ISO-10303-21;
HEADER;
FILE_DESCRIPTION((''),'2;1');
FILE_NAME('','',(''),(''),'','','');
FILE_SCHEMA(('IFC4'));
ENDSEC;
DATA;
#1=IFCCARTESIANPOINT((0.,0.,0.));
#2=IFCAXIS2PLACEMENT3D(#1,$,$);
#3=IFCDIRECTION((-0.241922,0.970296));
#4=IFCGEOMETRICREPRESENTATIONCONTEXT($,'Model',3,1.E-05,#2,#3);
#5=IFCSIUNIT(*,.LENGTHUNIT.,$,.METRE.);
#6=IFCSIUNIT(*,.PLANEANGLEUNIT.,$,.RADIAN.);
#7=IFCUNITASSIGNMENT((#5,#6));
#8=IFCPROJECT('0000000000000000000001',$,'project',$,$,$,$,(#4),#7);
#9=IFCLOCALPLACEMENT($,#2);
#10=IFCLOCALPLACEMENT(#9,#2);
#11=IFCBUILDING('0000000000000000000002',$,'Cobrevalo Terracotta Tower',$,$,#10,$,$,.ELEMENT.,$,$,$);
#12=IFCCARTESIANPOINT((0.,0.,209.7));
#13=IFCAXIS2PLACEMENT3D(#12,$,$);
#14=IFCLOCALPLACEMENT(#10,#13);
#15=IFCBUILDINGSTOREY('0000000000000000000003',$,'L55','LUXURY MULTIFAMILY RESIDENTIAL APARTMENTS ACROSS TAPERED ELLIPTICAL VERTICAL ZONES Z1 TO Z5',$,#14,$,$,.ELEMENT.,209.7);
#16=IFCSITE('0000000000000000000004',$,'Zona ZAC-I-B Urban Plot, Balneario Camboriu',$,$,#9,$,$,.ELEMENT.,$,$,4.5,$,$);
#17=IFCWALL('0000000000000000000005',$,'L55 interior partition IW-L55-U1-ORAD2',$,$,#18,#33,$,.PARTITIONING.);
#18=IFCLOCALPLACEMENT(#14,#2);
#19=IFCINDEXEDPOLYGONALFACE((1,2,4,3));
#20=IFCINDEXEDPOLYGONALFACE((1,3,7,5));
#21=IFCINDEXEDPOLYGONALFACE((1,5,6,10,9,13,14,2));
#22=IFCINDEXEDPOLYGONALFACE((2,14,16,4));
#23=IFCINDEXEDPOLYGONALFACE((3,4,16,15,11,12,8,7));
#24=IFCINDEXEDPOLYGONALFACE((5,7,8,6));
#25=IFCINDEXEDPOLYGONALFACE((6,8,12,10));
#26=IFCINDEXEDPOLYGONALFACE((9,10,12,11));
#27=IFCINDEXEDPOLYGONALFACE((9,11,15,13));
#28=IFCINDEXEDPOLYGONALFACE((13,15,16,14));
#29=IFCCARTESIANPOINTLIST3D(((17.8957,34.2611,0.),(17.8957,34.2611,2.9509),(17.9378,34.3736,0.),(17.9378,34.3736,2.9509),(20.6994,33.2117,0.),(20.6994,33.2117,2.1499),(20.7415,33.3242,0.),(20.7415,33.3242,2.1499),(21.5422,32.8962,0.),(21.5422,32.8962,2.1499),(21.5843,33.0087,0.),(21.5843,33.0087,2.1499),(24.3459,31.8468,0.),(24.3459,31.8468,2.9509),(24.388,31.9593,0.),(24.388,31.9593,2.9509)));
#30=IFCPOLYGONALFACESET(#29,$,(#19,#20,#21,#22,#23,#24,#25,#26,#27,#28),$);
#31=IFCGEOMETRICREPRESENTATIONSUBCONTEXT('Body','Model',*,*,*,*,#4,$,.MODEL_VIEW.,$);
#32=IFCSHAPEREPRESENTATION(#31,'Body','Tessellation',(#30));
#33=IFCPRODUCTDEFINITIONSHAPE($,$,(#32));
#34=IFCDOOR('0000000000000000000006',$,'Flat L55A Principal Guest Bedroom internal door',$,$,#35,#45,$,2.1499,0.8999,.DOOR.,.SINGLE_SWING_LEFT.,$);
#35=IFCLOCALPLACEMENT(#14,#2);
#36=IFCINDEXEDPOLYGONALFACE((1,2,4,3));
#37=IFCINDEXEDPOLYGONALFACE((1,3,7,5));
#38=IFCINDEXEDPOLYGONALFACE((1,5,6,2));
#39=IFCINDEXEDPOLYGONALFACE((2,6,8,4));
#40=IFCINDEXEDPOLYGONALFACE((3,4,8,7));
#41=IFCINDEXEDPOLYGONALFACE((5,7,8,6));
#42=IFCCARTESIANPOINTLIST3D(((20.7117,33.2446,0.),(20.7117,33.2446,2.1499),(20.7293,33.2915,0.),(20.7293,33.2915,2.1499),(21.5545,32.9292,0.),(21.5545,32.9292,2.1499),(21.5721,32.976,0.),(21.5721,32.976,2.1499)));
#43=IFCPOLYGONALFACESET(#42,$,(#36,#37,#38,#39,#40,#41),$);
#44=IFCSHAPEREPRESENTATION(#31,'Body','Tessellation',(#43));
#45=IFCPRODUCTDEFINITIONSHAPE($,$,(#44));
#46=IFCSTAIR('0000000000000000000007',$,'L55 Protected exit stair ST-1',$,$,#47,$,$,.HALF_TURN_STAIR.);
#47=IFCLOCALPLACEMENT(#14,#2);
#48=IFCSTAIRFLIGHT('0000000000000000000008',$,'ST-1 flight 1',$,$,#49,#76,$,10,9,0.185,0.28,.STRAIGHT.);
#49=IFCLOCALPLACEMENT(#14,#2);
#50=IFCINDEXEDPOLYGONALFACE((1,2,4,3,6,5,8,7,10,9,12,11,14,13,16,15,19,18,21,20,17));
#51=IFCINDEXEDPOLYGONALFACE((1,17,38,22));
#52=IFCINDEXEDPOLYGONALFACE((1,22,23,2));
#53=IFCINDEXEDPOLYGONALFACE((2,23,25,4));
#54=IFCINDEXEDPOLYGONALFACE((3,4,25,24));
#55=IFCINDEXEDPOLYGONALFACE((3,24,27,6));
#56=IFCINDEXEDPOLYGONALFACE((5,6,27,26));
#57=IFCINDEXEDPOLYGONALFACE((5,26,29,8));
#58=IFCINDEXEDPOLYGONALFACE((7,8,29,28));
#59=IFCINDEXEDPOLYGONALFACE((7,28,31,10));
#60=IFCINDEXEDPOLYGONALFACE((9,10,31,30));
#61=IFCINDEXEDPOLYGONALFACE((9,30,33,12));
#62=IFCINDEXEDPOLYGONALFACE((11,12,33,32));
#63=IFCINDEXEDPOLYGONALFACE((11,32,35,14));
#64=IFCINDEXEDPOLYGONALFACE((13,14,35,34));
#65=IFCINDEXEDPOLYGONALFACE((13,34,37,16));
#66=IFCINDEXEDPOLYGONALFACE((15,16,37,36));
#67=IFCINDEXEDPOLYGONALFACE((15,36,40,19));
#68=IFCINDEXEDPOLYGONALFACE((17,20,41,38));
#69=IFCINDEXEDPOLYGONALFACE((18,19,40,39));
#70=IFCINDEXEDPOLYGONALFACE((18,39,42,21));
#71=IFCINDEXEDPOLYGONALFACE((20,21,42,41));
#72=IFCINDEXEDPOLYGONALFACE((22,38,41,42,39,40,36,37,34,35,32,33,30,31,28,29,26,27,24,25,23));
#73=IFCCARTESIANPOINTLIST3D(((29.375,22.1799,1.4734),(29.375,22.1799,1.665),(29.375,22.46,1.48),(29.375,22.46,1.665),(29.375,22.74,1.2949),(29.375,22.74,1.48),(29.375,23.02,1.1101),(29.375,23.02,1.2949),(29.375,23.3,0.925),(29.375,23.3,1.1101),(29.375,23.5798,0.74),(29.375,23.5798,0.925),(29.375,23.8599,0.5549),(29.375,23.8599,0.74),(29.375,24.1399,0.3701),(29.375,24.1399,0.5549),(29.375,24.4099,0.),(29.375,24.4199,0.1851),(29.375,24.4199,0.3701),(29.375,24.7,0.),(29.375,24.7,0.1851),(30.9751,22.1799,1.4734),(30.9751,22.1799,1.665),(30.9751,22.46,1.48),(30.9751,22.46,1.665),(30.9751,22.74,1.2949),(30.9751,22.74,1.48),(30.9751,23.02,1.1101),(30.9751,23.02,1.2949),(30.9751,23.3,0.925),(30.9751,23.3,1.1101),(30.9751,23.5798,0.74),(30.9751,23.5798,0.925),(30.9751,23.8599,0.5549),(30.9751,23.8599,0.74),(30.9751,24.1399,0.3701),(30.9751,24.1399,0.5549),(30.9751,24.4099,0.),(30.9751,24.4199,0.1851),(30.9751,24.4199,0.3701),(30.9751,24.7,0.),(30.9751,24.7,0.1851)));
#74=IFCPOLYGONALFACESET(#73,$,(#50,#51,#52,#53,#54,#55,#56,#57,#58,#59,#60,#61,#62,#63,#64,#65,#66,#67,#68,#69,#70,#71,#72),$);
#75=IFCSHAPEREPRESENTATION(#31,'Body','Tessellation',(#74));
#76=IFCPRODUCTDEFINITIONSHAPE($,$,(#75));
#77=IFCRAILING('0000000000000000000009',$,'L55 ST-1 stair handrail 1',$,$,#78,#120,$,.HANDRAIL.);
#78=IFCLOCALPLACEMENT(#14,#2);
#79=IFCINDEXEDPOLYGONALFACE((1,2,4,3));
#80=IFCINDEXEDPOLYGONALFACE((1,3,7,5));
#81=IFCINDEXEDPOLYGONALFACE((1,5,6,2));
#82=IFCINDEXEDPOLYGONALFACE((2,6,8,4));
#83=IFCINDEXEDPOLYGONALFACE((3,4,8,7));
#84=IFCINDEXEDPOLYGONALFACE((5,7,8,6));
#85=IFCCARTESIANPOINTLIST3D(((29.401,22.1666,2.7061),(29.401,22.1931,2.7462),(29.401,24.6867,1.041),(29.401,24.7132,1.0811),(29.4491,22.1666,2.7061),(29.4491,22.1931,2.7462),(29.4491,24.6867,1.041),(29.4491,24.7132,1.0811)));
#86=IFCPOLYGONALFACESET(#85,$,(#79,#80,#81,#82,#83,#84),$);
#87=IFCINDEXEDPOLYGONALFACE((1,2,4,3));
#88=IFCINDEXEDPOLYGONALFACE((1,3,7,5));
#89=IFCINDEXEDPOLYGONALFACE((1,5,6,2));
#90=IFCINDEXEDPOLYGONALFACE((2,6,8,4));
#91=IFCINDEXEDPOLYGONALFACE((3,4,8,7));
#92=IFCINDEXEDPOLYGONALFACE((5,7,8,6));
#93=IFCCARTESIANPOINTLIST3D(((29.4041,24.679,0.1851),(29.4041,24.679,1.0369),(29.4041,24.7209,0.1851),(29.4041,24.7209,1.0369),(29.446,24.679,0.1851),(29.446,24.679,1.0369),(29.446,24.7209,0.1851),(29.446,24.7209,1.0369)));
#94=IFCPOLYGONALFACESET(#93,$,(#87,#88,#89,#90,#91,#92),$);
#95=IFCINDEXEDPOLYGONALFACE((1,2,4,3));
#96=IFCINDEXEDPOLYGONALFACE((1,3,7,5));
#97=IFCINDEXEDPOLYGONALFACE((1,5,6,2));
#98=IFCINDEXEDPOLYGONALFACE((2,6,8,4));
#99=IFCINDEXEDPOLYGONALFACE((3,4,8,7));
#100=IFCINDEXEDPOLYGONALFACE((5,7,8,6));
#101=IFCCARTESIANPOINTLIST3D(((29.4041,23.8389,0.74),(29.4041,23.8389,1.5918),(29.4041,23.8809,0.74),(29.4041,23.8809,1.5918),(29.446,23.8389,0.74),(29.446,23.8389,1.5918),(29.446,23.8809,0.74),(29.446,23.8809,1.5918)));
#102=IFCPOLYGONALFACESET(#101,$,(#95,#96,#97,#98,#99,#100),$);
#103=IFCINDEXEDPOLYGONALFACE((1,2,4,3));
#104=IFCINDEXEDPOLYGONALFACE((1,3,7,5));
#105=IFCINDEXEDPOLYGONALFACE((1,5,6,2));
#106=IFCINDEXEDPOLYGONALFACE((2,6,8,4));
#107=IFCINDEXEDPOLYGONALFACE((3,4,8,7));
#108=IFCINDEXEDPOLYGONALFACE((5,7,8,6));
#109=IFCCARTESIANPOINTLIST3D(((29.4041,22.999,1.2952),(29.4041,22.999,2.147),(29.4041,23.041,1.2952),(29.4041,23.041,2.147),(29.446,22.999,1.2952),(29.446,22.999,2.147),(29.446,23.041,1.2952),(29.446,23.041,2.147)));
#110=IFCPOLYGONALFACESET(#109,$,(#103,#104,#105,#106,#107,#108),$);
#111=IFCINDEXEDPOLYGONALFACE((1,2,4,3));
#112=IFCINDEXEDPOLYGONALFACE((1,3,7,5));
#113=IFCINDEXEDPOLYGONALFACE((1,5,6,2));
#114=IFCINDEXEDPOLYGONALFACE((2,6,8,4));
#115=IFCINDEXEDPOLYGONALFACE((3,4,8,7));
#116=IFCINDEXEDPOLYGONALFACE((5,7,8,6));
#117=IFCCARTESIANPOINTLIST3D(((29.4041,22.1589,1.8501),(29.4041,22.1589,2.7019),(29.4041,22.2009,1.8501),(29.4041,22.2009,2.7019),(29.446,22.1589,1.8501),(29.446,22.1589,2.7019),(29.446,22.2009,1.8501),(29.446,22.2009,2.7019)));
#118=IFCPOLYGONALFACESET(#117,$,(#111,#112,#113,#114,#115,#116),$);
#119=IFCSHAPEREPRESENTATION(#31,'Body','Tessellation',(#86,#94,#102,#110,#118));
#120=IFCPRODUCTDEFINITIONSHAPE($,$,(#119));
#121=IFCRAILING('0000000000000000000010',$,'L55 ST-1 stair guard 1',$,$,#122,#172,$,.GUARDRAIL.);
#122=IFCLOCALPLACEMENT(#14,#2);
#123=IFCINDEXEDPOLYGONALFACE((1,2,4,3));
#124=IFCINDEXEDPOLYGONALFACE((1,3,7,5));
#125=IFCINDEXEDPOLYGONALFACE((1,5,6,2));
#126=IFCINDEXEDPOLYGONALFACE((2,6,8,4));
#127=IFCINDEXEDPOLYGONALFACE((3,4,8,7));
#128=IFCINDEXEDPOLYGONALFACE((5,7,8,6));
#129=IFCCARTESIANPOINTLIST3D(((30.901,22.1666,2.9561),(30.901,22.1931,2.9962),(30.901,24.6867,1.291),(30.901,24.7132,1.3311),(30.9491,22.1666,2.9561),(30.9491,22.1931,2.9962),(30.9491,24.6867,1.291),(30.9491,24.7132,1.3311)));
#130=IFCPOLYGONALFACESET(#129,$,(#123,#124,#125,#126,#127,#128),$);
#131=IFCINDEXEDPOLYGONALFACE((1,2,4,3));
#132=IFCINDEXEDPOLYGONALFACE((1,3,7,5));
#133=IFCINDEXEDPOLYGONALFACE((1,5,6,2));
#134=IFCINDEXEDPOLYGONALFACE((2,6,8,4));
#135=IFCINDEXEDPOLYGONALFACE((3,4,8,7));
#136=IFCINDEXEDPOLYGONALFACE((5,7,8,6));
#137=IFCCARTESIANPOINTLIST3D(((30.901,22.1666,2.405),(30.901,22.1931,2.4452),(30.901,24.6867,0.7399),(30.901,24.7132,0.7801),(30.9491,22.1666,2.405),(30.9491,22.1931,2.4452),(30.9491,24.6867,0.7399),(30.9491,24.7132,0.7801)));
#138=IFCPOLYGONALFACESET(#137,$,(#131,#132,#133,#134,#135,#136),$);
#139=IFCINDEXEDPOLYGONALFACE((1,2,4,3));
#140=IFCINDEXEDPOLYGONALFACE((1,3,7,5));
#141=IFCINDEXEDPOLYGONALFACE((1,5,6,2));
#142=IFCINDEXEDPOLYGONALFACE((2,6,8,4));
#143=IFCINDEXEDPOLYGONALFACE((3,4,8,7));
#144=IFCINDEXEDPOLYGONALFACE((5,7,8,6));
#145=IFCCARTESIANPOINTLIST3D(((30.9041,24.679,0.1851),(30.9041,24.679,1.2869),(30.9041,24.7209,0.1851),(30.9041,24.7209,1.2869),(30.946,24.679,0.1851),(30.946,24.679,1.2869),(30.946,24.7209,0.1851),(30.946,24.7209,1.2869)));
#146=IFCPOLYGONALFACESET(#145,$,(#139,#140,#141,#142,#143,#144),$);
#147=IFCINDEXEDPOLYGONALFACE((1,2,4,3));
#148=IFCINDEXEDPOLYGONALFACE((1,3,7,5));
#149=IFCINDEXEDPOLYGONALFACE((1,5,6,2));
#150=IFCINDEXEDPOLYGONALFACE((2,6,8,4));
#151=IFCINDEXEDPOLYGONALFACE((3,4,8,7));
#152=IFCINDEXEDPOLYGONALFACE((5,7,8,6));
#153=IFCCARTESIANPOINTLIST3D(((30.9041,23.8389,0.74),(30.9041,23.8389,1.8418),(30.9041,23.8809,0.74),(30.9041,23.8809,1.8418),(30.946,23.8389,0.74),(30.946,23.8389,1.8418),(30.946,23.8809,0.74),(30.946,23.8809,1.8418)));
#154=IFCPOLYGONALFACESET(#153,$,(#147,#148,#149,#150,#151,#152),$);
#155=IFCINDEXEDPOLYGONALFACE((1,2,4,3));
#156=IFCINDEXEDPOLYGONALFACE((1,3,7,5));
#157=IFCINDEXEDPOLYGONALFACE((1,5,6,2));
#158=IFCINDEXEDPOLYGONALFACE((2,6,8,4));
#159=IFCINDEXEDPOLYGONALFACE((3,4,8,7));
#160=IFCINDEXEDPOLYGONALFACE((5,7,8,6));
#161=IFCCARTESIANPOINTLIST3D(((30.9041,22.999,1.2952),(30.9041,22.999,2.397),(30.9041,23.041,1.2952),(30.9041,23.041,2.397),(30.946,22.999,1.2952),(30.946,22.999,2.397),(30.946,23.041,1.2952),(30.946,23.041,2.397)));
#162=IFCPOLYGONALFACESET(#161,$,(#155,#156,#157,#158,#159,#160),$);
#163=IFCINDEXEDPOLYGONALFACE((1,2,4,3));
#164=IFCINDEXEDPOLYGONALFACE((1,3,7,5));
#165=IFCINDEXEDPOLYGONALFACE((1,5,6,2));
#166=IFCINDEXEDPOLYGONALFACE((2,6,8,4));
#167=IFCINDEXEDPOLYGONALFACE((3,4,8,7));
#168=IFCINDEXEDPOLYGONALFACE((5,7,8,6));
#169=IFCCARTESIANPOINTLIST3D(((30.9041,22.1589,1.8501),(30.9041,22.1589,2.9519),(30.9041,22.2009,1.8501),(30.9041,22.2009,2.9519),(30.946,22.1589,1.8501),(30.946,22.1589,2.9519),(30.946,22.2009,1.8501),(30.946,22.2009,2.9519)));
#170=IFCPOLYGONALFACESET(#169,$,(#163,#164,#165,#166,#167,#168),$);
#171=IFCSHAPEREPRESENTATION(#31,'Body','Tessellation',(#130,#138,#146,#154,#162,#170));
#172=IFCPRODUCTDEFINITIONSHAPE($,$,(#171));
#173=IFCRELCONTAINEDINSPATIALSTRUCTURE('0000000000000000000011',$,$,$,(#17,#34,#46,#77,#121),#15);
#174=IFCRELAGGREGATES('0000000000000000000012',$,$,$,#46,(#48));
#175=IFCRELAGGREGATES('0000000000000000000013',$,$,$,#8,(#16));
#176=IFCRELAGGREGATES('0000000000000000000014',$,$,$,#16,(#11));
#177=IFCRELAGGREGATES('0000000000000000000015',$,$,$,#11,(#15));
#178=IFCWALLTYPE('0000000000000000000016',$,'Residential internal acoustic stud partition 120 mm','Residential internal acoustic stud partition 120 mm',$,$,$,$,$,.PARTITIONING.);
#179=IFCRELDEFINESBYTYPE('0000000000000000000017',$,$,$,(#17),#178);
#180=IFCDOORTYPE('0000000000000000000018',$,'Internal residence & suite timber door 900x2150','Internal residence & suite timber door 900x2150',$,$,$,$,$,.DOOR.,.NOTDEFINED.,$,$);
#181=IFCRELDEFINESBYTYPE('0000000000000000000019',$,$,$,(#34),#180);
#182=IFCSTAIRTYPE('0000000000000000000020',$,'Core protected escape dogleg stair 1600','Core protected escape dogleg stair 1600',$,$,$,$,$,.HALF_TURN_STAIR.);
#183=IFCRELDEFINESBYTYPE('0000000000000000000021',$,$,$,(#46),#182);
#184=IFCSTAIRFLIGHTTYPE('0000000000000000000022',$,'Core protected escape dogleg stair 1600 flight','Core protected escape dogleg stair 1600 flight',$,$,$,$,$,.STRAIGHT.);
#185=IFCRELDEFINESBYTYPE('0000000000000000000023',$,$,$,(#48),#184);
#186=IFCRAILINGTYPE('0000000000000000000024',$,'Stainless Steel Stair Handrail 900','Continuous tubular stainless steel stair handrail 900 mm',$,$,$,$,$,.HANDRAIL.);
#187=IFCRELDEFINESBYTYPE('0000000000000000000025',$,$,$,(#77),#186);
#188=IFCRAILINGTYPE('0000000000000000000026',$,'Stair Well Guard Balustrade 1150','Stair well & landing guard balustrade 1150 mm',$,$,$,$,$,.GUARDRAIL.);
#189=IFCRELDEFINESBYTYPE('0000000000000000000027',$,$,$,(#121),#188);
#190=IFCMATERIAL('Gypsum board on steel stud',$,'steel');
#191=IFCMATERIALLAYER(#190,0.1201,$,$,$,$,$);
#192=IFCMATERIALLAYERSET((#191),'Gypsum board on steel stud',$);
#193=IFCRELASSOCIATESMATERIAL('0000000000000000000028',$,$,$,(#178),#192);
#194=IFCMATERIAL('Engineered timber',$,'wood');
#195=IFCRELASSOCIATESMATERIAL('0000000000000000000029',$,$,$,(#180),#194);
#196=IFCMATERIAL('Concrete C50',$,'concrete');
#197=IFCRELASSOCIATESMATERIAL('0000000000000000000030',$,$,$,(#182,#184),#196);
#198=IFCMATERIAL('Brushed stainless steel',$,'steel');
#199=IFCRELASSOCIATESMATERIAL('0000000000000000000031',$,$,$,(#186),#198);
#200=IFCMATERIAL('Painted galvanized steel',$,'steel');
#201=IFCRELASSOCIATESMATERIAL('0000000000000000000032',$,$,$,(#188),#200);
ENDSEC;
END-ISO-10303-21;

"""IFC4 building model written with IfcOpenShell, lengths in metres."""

from ifc_helpers import new_model, si_unit, direction, frame, frame_2d, origin, origin_2d, place, context, subcontext, project, spatial, polyline, rectangle, outline, extrude, source, transform, mapped, material, layer, layer_set, type_object, element, fill, aggregate, save


model = new_model("IFC4")

# Units and contexts
model_context = context("Model", 3, precision=1e-05, world=origin(), true_north=direction((-0.241922, 0.970296)))
body_context = subcontext(model_context, "Body", "Model", "MODEL_VIEW")
ifc_project = project(units=[si_unit("LENGTHUNIT", "METRE"), si_unit("PLANEANGLEUNIT", "RADIAN")], contexts=[model_context])

# Site, building, storey
site_placement = place(None, origin())
site = spatial("IfcSite", under=ifc_project, at=site_placement, Name="Zona ZAC-I-B Urban Plot, Balneario Camboriu", CompositionType="ELEMENT", RefElevation=4.5)
building_placement = place(site_placement, origin())
building = spatial("IfcBuilding", under=site, at=building_placement, Name="Cobrevalo Terracotta Tower", CompositionType="ELEMENT")
storey_placement = place(building_placement, frame((0.0, 0.0, 209.7)))
storey = spatial("IfcBuildingStorey", under=building, at=storey_placement, Name="L55", Description="LUXURY MULTIFAMILY RESIDENTIAL APARTMENTS ACROSS TAPERED ELLIPTICAL VERTICAL ZONES Z1 TO Z5", CompositionType="ELEMENT", Elevation=209.7)

# Shared definitions
ifc_material_1 = material(Name="Gypsum board on steel stud", Category="steel")

# Shared definitions
ifc_material_2 = material(Name="Brushed stainless steel", Category="steel")

# Wall, opening, door
ifc_layer_1 = layer(ifc_material_1, 0.1201)
ifc_layer_set_1 = layer_set([ifc_layer_1], Name="Gypsum board on steel stud")
wall_type_1 = type_object("IfcWallType", Name="Residential internal acoustic stud partition 120 mm", Description="Residential internal acoustic stud partition 120 mm", PredefinedType="PARTITIONING", material=ifc_layer_set_1)
wall_1_placement = place(storey_placement, frame((24.3669, 31.9031, 0.0), z_axis=(0.0, 0.0, 1.0), x_axis=(-0.936545, 0.350548, 0.0)))
wall_1 = element("IfcWall", 1, at=wall_1_placement, inside=storey, type_object=wall_type_1, Name="L55 interior partition IW-L55-U1-ORAD2", PredefinedType="PARTITIONING", context=body_context, shape_type="SweptSolid", body=[
    extrude(rectangle(XDim=6.8872, YDim=0.1201, at=frame_2d((3.4436, 0.0))), origin(), (0.0, 0.0, 1.0), 2.9509),
])
opening_1_placement = place(wall_1_placement, frame((2.9937, 0.0, 0.0)))
opening_1 = element("IfcOpeningElement", 2, at=opening_1_placement, cuts=wall_1, PredefinedType="OPENING", context=body_context, shape_type="SweptSolid", body=[
    extrude(rectangle(XDim=0.8999, YDim=2.1499, at=frame_2d((0.45, 1.075))), frame((0.0, 0.0701, 0.0), z_axis=(0.0, -1.0, 0.0), x_axis=(1.0, 0.0, 0.0)), (0.0, 0.0, 1.0), 0.1401),
])
ifc_material_3 = material(Name="Engineered timber", Category="wood")
door_type_1 = type_object("IfcDoorType", Name="Internal residence & suite timber door 900x2150", Description="Internal residence & suite timber door 900x2150", OperationType="NOTDEFINED", PredefinedType="DOOR", material=ifc_material_3)
shared_shape_1 = source(origin(), body_context, "Body", "SweptSolid", [
    extrude(rectangle(XDim=0.8999, YDim=2.1499, at=frame_2d((0.45, 1.075))), frame((0.0, 0.0249, 0.0), z_axis=(0.0, -1.0, 0.0), x_axis=(1.0, 0.0, 0.0)), (0.0, 0.0, 1.0), 0.05),
])
door_1_placement = place(opening_1_placement, origin())
door_1 = element("IfcDoor", 3, at=door_1_placement, inside=storey, type_object=door_type_1, Name="Flat L55A Principal Guest Bedroom internal door", OperationType="SINGLE_SWING_LEFT", OverallHeight=2.1499, OverallWidth=0.8999, PredefinedType="DOOR", context=body_context, shape_type="MappedRepresentation", body=[
    mapped(shared_shape_1, transform((0.0, 0.0, 0.0), scale=1.0)),
])
fill(opening_1, door_1)
ifc_material_4 = material(Name="Concrete C50", Category="concrete")

# Stair, stair flight
stair_type = type_object("IfcStairType", Name="Core protected escape dogleg stair 1600", Description="Core protected escape dogleg stair 1600", PredefinedType="HALF_TURN_STAIR", material=ifc_material_4)
stair_placement = place(storey_placement, origin())
stair = element("IfcStair", 4, at=stair_placement, inside=storey, type_object=stair_type, Name="L55 Protected exit stair ST-1", PredefinedType="HALF_TURN_STAIR")
stair_flight_type = type_object("IfcStairFlightType", Name="Core protected escape dogleg stair 1600 flight", Description="Core protected escape dogleg stair 1600 flight", PredefinedType="STRAIGHT", material=ifc_material_4)
stair_flight_placement = place(storey_placement, frame((30.175, 24.7, 0.0), z_axis=(0.0, 0.0, 1.0), x_axis=(0.0, -1.0, 0.0)))
stair_flight = element("IfcStairFlight", 5, at=stair_flight_placement, type_object=stair_flight_type, Name="ST-1 flight 1", NumberOfRisers=10, NumberOfTreads=9, PredefinedType="STRAIGHT", RiserHeight=0.185, TreadLength=0.28, context=body_context, shape_type="SweptSolid", body=[
    extrude(outline(polyline([(0.0, 0.0), (0.0, 0.1851), (0.28, 0.1851), (0.28, 0.3701), (0.5601, 0.3701), (0.5601, 0.5549), (0.8401, 0.5549), (0.8401, 0.74), (1.1201, 0.74), (1.1201, 0.925), (1.3999, 0.925), (1.3999, 1.1101), (1.6799, 1.1101), (1.6799, 1.2949), (1.96, 1.2949), (1.96, 1.48), (2.24, 1.48), (2.24, 1.665), (2.52, 1.665), (2.52, 1.8501), (2.52, 1.4734), (0.29, 0.0), (0.0, 0.0)])), frame((0.0, 0.8, 0.0), z_axis=(0.0, -1.0, 0.0), x_axis=(1.0, 0.0, 0.0)), (0.0, 0.0, 1.0), 1.6001),
])
aggregate(stair, [stair_flight])

# Railings
railing_type_1 = type_object("IfcRailingType", Name="Stainless Steel Stair Handrail 900", Description="Continuous tubular stainless steel stair handrail 900 mm", PredefinedType="HANDRAIL", material=ifc_material_2)
railing_1_placement = place(storey_placement, frame((29.425, 24.7, 0.1851)))
element("IfcRailing", 6, at=railing_1_placement, inside=storey, type_object=railing_type_1, Name="L55 ST-1 stair handrail 1", PredefinedType="HANDRAIL", context=body_context, shape_type="SweptSolid", body=[
    extrude(rectangle(XDim=0.0481, YDim=0.0481, at=origin_2d()), frame((0.0, 0.0, 0.876), z_axis=(0.0, -0.834331, 0.551263), x_axis=(1.0, 0.0, 0.0)), (0.0, 0.0, 1.0), 3.0205),
    extrude(rectangle(XDim=0.042, YDim=0.042, at=origin_2d()), origin(), (0.0, 0.0, 1.0), 0.8518),
    extrude(rectangle(XDim=0.042, YDim=0.042, at=origin_2d()), frame((0.0, -0.8401, 0.5549)), (0.0, 0.0, 1.0), 0.8518),
    extrude(rectangle(XDim=0.042, YDim=0.042, at=origin_2d()), frame((0.0, -1.6799, 1.1101)), (0.0, 0.0, 1.0), 0.8518),
    extrude(rectangle(XDim=0.042, YDim=0.042, at=origin_2d()), frame((0.0, -2.52, 1.665)), (0.0, 0.0, 1.0), 0.8518),
])
ifc_material_5 = material(Name="Painted galvanized steel", Category="steel")
railing_type_2 = type_object("IfcRailingType", Name="Stair Well Guard Balustrade 1150", Description="Stair well & landing guard balustrade 1150 mm", PredefinedType="GUARDRAIL", material=ifc_material_5)
railing_2_placement = place(storey_placement, frame((30.925, 24.7, 0.1851)))
element("IfcRailing", 7, at=railing_2_placement, inside=storey, type_object=railing_type_2, Name="L55 ST-1 stair guard 1", PredefinedType="GUARDRAIL", context=body_context, shape_type="SweptSolid", body=[
    extrude(rectangle(XDim=0.0481, YDim=0.0481, at=origin_2d()), frame((0.0, 0.0, 1.126), z_axis=(0.0, -0.834331, 0.551263), x_axis=(1.0, 0.0, 0.0)), (0.0, 0.0, 1.0), 3.0205),
    extrude(rectangle(XDim=0.0481, YDim=0.0481, at=origin_2d()), frame((0.0, 0.0, 0.575), z_axis=(0.0, -0.834331, 0.551263), x_axis=(1.0, 0.0, 0.0)), (0.0, 0.0, 1.0), 3.0205),
    extrude(rectangle(XDim=0.042, YDim=0.042, at=origin_2d()), origin(), (0.0, 0.0, 1.0), 1.1018),
    extrude(rectangle(XDim=0.042, YDim=0.042, at=origin_2d()), frame((0.0, -0.8401, 0.5549)), (0.0, 0.0, 1.0), 1.1018),
    extrude(rectangle(XDim=0.042, YDim=0.042, at=origin_2d()), frame((0.0, -1.6799, 1.1101)), (0.0, 0.0, 1.0), 1.1018),
    extrude(rectangle(XDim=0.042, YDim=0.042, at=origin_2d()), frame((0.0, -2.52, 1.665)), (0.0, 0.0, 1.0), 1.1018),
])

save(model, "model.ifc")
